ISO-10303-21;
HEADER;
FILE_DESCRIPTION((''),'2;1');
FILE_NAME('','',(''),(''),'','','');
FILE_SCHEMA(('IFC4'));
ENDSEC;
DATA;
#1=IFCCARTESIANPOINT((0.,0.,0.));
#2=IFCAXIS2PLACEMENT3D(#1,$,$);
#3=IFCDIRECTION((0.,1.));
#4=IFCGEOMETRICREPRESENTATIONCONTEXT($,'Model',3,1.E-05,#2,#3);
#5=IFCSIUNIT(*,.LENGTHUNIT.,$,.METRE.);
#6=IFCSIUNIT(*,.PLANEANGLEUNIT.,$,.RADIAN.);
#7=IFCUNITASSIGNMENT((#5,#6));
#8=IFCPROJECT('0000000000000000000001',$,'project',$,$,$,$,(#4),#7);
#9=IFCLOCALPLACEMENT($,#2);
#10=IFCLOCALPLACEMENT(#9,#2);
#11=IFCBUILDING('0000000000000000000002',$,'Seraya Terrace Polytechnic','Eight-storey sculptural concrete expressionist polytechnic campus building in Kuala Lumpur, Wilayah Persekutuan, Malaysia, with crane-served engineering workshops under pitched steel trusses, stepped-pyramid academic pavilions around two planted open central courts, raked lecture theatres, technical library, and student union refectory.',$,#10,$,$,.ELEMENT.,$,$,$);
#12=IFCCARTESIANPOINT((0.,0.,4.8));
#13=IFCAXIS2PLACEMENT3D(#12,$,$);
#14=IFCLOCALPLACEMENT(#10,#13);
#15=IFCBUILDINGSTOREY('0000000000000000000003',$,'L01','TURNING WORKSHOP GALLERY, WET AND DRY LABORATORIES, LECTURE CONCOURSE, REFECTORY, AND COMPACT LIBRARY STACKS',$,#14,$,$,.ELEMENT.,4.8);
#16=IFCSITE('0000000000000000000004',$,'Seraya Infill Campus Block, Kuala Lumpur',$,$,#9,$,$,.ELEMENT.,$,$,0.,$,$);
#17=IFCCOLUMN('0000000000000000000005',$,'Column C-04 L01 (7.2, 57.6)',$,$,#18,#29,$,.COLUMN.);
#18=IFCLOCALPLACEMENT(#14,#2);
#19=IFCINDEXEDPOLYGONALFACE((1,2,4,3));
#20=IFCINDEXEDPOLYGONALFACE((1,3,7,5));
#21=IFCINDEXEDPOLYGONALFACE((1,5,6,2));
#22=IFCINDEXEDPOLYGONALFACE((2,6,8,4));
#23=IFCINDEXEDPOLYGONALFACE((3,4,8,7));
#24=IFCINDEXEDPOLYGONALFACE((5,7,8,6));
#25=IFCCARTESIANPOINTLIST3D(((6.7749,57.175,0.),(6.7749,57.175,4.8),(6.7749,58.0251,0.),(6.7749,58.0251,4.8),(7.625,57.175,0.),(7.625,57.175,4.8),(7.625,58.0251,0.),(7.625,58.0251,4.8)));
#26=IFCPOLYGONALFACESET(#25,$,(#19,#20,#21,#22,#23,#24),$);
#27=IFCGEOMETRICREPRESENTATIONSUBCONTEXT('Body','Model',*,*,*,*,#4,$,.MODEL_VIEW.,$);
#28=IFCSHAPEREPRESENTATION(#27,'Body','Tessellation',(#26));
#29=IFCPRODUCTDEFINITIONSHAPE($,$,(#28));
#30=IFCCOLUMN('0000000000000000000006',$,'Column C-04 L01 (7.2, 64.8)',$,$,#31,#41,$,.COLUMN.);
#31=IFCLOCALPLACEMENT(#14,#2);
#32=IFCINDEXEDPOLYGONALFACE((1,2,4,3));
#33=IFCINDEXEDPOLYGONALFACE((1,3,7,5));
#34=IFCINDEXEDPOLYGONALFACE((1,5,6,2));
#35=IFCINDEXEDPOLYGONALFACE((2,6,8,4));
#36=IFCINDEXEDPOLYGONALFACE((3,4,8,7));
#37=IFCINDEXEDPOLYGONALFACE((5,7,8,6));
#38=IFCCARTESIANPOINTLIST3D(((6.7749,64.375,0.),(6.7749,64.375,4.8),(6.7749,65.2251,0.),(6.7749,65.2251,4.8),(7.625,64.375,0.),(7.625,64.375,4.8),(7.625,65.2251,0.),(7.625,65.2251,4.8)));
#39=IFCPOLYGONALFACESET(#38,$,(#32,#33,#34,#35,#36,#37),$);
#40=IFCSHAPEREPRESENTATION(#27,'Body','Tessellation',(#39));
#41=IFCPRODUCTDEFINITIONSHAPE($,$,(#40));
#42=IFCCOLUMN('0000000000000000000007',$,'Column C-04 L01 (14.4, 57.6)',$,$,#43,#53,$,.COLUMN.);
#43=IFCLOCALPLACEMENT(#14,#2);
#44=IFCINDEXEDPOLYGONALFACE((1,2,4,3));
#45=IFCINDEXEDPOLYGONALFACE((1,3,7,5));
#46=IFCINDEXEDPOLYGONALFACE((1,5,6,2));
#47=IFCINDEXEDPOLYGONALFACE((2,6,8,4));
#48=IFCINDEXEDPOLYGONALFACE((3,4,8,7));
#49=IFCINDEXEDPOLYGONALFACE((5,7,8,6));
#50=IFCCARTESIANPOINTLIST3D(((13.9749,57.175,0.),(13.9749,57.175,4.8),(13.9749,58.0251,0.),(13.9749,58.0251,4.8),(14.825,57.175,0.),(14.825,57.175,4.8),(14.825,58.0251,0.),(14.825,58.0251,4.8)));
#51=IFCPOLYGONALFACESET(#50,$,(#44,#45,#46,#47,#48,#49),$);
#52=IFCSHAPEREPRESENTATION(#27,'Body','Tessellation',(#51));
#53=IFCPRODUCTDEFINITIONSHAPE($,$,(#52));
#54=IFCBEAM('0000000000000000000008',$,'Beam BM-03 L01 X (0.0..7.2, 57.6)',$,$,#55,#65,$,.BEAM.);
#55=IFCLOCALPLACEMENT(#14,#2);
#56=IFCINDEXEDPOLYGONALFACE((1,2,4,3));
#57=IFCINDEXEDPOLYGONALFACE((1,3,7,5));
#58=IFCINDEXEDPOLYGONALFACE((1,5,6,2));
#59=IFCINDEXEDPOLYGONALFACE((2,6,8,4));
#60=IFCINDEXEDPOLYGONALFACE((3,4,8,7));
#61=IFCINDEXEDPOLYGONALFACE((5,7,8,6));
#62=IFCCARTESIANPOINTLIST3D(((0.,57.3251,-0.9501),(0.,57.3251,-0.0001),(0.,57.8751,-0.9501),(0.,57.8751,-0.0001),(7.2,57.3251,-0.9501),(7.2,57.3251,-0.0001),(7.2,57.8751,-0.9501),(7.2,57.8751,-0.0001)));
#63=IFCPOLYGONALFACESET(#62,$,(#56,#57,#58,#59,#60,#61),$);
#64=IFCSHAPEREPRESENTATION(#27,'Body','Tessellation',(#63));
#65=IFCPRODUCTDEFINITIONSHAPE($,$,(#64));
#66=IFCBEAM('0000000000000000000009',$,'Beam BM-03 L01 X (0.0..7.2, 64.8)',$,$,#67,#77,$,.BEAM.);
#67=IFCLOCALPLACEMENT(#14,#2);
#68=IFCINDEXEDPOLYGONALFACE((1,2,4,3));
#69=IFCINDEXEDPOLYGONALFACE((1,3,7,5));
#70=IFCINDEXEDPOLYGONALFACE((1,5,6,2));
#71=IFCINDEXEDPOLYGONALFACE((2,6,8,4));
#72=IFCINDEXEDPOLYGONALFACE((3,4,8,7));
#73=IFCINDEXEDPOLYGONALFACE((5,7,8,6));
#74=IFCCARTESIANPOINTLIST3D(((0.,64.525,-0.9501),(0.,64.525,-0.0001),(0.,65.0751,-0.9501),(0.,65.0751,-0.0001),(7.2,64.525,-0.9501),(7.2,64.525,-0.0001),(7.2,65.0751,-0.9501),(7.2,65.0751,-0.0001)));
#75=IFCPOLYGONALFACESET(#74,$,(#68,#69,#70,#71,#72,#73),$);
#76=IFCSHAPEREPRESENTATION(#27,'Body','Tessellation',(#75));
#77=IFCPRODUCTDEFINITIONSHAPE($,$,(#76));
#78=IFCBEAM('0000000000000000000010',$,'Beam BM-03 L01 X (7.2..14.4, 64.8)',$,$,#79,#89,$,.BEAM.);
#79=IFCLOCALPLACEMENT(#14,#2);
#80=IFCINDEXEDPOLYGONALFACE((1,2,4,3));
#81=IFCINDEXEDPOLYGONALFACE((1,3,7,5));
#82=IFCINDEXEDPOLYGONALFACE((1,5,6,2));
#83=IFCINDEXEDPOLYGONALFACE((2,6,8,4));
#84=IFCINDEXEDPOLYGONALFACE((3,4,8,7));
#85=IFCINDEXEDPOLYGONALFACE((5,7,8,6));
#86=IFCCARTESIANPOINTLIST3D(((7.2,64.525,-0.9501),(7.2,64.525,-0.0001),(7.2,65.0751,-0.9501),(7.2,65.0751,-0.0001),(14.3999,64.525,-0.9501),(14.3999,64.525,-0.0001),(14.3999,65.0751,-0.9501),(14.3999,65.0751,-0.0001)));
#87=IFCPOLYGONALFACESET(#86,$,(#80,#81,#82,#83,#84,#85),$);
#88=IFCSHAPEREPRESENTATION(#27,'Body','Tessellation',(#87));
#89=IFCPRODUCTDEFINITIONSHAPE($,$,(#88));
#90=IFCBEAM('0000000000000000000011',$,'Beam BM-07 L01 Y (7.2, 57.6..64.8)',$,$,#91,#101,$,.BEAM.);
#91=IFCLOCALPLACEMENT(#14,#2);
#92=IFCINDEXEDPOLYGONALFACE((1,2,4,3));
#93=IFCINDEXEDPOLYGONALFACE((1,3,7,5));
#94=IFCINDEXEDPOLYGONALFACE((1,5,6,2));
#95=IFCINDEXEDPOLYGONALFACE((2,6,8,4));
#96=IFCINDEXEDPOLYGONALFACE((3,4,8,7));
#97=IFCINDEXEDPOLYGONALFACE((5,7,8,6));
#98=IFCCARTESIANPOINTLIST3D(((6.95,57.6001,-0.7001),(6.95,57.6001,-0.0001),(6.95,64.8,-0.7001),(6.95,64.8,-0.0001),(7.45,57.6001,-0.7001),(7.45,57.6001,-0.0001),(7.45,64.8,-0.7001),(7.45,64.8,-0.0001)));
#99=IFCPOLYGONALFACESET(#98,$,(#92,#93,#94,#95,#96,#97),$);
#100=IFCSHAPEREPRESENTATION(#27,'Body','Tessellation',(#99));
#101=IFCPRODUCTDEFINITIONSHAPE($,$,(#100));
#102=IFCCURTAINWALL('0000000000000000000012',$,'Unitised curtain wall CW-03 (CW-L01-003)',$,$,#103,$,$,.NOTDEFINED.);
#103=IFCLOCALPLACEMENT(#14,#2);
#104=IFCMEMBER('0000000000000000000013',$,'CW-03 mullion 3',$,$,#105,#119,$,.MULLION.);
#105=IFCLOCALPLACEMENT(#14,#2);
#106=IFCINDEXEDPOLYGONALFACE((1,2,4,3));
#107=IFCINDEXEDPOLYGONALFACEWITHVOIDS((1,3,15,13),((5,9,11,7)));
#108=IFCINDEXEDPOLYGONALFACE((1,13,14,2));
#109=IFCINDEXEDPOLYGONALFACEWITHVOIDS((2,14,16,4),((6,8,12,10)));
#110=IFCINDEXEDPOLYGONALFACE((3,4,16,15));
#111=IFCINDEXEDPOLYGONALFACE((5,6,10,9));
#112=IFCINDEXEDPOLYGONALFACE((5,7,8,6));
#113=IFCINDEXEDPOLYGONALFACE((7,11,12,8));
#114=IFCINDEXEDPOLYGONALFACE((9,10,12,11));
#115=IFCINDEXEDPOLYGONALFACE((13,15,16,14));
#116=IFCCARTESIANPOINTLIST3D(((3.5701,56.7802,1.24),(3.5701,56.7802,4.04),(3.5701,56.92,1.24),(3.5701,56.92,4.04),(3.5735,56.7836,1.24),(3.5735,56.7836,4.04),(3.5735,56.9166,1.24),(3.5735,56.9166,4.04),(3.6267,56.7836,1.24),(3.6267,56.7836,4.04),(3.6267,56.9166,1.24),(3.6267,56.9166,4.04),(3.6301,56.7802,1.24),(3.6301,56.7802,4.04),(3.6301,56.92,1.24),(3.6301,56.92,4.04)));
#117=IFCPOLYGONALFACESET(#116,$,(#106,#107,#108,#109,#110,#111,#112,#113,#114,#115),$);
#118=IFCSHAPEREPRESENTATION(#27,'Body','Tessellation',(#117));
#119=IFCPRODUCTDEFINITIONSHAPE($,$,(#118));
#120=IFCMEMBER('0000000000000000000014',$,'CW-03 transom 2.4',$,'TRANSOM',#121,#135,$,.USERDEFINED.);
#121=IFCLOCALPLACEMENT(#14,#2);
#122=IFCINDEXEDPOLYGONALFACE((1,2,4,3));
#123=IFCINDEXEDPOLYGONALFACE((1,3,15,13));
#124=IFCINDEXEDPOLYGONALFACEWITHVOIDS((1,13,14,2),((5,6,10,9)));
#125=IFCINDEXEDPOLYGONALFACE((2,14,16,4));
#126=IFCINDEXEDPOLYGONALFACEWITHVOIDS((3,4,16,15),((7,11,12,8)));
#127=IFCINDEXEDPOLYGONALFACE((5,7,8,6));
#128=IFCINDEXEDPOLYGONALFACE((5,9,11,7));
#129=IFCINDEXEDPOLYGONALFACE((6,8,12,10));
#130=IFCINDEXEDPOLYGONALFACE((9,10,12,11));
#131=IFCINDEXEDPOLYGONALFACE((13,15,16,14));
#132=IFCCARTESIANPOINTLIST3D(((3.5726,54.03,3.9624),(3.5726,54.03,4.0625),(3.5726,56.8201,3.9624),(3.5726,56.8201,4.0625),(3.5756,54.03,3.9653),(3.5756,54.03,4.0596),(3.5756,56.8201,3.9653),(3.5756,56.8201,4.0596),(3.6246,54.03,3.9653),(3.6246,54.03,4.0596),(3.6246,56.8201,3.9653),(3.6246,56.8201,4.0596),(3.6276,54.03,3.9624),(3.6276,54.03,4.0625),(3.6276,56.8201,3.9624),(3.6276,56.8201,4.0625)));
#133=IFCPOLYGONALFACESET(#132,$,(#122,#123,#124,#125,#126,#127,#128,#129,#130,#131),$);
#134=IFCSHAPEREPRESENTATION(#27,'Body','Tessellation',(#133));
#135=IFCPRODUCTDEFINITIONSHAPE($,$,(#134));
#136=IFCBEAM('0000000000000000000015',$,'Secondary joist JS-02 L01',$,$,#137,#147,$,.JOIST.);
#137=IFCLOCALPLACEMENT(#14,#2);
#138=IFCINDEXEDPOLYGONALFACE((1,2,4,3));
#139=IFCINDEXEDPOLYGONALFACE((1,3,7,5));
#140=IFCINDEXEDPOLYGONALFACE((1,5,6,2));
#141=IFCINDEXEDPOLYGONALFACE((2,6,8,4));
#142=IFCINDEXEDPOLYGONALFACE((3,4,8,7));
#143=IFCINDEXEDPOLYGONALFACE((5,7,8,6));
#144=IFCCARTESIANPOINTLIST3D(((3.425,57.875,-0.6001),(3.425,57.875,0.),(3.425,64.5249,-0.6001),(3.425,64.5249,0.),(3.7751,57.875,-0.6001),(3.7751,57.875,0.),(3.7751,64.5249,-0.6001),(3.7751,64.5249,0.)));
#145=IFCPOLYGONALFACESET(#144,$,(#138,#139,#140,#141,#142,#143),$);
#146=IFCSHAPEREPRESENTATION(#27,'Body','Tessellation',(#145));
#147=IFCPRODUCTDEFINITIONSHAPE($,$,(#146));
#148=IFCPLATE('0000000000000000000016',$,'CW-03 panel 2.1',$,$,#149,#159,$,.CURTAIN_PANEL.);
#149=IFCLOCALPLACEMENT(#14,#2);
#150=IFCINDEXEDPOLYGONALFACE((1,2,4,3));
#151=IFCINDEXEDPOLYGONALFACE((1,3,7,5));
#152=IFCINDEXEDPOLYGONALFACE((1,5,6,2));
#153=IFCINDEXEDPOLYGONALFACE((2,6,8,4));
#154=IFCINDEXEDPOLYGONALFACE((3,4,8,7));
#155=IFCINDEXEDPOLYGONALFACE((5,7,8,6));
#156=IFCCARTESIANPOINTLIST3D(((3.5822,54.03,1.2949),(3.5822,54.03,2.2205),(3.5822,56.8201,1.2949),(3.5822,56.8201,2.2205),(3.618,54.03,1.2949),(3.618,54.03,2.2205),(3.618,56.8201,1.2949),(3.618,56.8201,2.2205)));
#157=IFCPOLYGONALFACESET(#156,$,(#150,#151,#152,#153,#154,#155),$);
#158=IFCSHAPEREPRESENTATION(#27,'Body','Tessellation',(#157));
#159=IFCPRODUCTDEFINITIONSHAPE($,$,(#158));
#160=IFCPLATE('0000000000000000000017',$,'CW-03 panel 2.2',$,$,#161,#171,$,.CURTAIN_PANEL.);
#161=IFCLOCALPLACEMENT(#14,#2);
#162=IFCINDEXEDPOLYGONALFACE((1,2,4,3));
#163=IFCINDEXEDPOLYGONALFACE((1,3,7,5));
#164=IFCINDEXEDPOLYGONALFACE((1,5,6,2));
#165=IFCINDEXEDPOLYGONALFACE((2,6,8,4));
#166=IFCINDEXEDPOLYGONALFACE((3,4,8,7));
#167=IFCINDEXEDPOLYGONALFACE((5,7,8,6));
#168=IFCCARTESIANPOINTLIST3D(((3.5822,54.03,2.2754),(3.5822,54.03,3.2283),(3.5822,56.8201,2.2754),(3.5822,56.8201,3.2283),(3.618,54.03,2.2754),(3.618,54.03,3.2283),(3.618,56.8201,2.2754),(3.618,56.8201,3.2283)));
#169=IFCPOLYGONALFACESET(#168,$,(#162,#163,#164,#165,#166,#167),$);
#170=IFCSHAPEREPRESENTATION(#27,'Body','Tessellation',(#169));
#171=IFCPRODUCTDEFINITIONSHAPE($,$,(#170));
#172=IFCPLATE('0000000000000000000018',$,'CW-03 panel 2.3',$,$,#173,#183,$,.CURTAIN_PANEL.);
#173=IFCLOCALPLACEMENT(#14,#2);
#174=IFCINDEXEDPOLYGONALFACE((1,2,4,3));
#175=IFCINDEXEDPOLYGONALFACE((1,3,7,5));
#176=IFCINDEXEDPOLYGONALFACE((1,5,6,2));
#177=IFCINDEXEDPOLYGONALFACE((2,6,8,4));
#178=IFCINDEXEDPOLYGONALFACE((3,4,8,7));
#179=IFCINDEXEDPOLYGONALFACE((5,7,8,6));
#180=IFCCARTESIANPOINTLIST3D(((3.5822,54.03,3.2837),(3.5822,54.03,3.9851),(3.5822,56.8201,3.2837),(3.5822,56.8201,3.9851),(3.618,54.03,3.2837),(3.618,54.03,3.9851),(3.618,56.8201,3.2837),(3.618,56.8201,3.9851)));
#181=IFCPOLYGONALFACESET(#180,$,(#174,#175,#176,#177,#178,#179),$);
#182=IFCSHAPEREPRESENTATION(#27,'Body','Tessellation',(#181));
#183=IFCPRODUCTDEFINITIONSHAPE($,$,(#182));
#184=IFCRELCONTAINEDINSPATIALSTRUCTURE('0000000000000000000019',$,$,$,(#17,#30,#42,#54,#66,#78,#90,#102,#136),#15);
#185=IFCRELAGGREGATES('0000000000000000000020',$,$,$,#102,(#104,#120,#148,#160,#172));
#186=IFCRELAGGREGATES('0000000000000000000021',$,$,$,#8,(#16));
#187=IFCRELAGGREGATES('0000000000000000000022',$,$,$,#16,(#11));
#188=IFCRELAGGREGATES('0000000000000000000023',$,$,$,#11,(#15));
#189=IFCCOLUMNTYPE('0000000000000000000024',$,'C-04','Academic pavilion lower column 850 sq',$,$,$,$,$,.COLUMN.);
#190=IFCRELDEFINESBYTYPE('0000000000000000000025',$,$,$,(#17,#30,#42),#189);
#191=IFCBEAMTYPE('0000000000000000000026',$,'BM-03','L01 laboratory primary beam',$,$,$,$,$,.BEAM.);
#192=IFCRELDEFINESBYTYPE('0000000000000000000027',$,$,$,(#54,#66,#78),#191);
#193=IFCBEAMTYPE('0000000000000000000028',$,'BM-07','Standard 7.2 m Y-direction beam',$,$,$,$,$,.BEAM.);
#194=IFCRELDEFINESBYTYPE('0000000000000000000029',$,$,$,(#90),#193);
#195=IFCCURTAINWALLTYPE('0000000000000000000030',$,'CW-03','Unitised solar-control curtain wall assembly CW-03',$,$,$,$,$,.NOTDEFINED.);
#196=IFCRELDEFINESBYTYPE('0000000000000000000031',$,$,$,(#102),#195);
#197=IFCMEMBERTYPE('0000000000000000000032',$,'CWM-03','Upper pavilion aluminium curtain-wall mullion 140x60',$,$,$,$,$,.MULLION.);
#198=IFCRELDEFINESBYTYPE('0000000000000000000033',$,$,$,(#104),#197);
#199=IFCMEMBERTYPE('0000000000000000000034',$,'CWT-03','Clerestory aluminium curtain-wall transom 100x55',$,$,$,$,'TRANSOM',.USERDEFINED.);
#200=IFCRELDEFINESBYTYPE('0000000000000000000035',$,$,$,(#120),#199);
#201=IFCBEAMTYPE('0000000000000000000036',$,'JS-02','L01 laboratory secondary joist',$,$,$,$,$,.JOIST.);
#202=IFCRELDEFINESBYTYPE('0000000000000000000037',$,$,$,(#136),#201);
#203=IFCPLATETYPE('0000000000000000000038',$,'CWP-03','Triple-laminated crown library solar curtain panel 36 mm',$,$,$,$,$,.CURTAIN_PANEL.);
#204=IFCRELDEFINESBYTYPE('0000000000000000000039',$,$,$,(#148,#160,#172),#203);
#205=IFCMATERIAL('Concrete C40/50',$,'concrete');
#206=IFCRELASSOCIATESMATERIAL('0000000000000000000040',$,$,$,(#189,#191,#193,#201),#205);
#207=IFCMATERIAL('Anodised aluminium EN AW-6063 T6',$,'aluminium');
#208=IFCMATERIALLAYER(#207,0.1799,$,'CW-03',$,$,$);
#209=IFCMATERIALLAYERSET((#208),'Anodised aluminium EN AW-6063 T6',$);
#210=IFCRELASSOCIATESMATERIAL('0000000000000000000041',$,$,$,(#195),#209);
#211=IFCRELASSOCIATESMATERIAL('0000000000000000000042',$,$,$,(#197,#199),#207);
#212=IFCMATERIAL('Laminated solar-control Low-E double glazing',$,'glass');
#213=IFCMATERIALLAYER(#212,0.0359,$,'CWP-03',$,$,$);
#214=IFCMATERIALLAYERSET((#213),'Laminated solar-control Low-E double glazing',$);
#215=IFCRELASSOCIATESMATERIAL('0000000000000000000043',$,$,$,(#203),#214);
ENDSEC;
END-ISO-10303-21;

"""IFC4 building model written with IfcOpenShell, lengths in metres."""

from ifc_helpers import new_model, si_unit, direction, frame, origin, origin_2d, place, context, subcontext, project, spatial, rectangle, hollow_rectangle, extrude, material, layer, layer_set, material_profile, profile_set, type_object, element, aggregate, save


model = new_model("IFC4")

# Units and contexts
model_context = context("Model", 3, precision=1e-05, world=origin(), true_north=direction((0.0, 1.0)))
body_context = subcontext(model_context, "Body", "Model", "MODEL_VIEW")
ifc_project = project(units=[si_unit("LENGTHUNIT", "METRE"), si_unit("PLANEANGLEUNIT", "RADIAN")], contexts=[model_context])

# Site, building, storey
site_placement = place(None, origin())
site = spatial("IfcSite", under=ifc_project, at=site_placement, Name="Seraya Infill Campus Block, Kuala Lumpur", CompositionType="ELEMENT", RefElevation=0.0)
building_placement = place(site_placement, origin())
building = spatial("IfcBuilding", under=site, at=building_placement, Name="Seraya Terrace Polytechnic", Description="Eight-storey sculptural concrete expressionist polytechnic campus building in Kuala Lumpur, Wilayah Persekutuan, Malaysia, with crane-served engineering workshops under pitched steel trusses, stepped-pyramid academic pavilions around two planted open central courts, raked lecture theatres, technical library, and student union refectory.", CompositionType="ELEMENT")
storey_placement = place(building_placement, frame((0.0, 0.0, 4.8)))
storey = spatial("IfcBuildingStorey", under=building, at=storey_placement, Name="L01", Description="TURNING WORKSHOP GALLERY, WET AND DRY LABORATORIES, LECTURE CONCOURSE, REFECTORY, AND COMPACT LIBRARY STACKS", CompositionType="ELEMENT", Elevation=4.8)

# Columns
ifc_material_1 = material(Name="Concrete C40/50", Category="concrete")
ifc_material_profile_1 = material_profile(ifc_material_1, rectangle(XDim=0.8501, YDim=0.8501, at=origin_2d()), Name="RC 850x850")
ifc_profile_set_1 = profile_set([ifc_material_profile_1], Name="Concrete C40/50")
column_type = type_object("IfcColumnType", Name="C-04", Description="Academic pavilion lower column 850 sq", PredefinedType="COLUMN", material=ifc_profile_set_1)
for number, where, z_axis, x_axis, name in (
    (1, (7.2, 57.6001, 0.0), (0.0, 0.0, 1.0), (1.0, 0.0, 0.0), "Column C-04 L01 (7.2, 57.6)"),
    (2, (7.2, 64.8, 0.0), (0.0, 0.0, 1.0), (1.0, 0.0, 0.0), "Column C-04 L01 (7.2, 64.8)"),
    (3, (14.3999, 57.6001, 0.0), (0.0, 0.0, 1.0), (1.0, 0.0, 0.0), "Column C-04 L01 (14.4, 57.6)"),
):
    element("IfcColumn", number, at=place(storey_placement, frame(where, z_axis=z_axis, x_axis=x_axis)), inside=storey, type_object=column_type, Name=name, PredefinedType="COLUMN", context=body_context, shape_type="SweptSolid", body=[
        extrude(rectangle(XDim=0.8501, YDim=0.8501, at=origin_2d()), origin(), (0.0, 0.0, 1.0), 4.8),
    ])

# Beams
ifc_material_profile_2 = material_profile(ifc_material_1, rectangle(XDim=0.55, YDim=0.95, at=origin_2d()), Name="RC 550x950")
ifc_profile_set_2 = profile_set([ifc_material_profile_2], Name="Concrete C40/50")
beam_type_1 = type_object("IfcBeamType", Name="BM-03", Description="L01 laboratory primary beam", PredefinedType="BEAM", material=ifc_profile_set_2)
for number, where, z_axis, x_axis, name in (
    (4, (0.0, 57.6001, -0.4751), (1.0, 0.0, 0.0), (0.0, 1.0, 0.0), "Beam BM-03 L01 X (0.0..7.2, 57.6)"),
    (5, (0.0, 64.8, -0.4751), (1.0, 0.0, 0.0), (0.0, 1.0, 0.0), "Beam BM-03 L01 X (0.0..7.2, 64.8)"),
    (6, (7.2, 64.8, -0.4751), (1.0, 0.0, 0.0), (0.0, 1.0, 0.0), "Beam BM-03 L01 X (7.2..14.4, 64.8)"),
):
    element("IfcBeam", number, at=place(storey_placement, frame(where, z_axis=z_axis, x_axis=x_axis)), inside=storey, type_object=beam_type_1, Name=name, PredefinedType="BEAM", context=body_context, shape_type="SweptSolid", body=[
        extrude(rectangle(XDim=0.55, YDim=0.95, at=origin_2d()), origin(), (0.0, 0.0, 1.0), 7.2),
    ])
ifc_material_profile_3 = material_profile(ifc_material_1, rectangle(XDim=0.5, YDim=0.7, at=origin_2d()), Name="RC 500x700")
ifc_profile_set_3 = profile_set([ifc_material_profile_3], Name="Concrete C40/50")
beam_type_2 = type_object("IfcBeamType", Name="BM-07", Description="Standard 7.2 m Y-direction beam", PredefinedType="BEAM", material=ifc_profile_set_3)
beam_1_placement = place(storey_placement, frame((7.2, 57.6001, -0.3501), z_axis=(0.0, 1.0, 0.0), x_axis=(-1.0, 0.0, 0.0)))
element("IfcBeam", 7, at=beam_1_placement, inside=storey, type_object=beam_type_2, Name="Beam BM-07 L01 Y (7.2, 57.6..64.8)", PredefinedType="BEAM", context=body_context, shape_type="SweptSolid", body=[
    extrude(rectangle(XDim=0.5, YDim=0.7, at=origin_2d()), origin(), (0.0, 0.0, 1.0), 7.2),
])

# Curtain wall, members
ifc_material_2 = material(Name="Anodised aluminium EN AW-6063 T6", Category="aluminium")
ifc_layer_1 = layer(ifc_material_2, 0.1799, Name="CW-03")
ifc_layer_set_1 = layer_set([ifc_layer_1], Name="Anodised aluminium EN AW-6063 T6")
curtain_wall_type = type_object("IfcCurtainWallType", Name="CW-03", Description="Unitised solar-control curtain wall assembly CW-03", PredefinedType="NOTDEFINED", material=ifc_layer_set_1)
curtain_wall_placement = place(storey_placement, origin())
curtain_wall = element("IfcCurtainWall", 8, at=curtain_wall_placement, inside=storey, type_object=curtain_wall_type, Name="Unitised curtain wall CW-03 (CW-L01-003)", PredefinedType="NOTDEFINED")
ifc_material_profile_4 = material_profile(ifc_material_2, hollow_rectangle(XDim=0.0601, YDim=0.1399, WallThickness=0.0034, at=origin_2d()), Name="RHS 140x60x3.5")
ifc_profile_set_4 = profile_set([ifc_material_profile_4], Name="Anodised aluminium EN AW-6063 T6")
member_type_1 = type_object("IfcMemberType", Name="CWM-03", Description="Upper pavilion aluminium curtain-wall mullion 140x60", PredefinedType="MULLION", material=ifc_profile_set_4)
member_1_placement = place(storey_placement, frame((3.6001, 56.8501, 1.24), z_axis=(0.0, 0.0, 1.0), x_axis=(-1.0, 0.0, 0.0)))
member_1 = element("IfcMember", 9, at=member_1_placement, type_object=member_type_1, Name="CW-03 mullion 3", PredefinedType="MULLION", context=body_context, shape_type="SweptSolid", body=[
    extrude(hollow_rectangle(XDim=0.0601, YDim=0.1399, WallThickness=0.0034, at=origin_2d()), origin(), (0.0, 0.0, 1.0), 2.8),
])
ifc_material_profile_5 = material_profile(ifc_material_2, hollow_rectangle(XDim=0.0549, YDim=0.1001, WallThickness=0.0029, at=origin_2d()), Name="RHS 100x55x3.0")
ifc_profile_set_5 = profile_set([ifc_material_profile_5], Name="Anodised aluminium EN AW-6063 T6")
member_type_2 = type_object("IfcMemberType", Name="CWT-03", Description="Clerestory aluminium curtain-wall transom 100x55", ElementType="TRANSOM", PredefinedType="USERDEFINED", material=ifc_profile_set_5)
member_2_placement = place(storey_placement, frame((3.6001, 54.03, 4.0125), z_axis=(0.0, 1.0, 0.0), x_axis=(-1.0, 0.0, 0.0)))
member_2 = element("IfcMember", 10, at=member_2_placement, type_object=member_type_2, Name="CW-03 transom 2.4", ObjectType="TRANSOM", PredefinedType="USERDEFINED", context=body_context, shape_type="SweptSolid", body=[
    extrude(hollow_rectangle(XDim=0.0549, YDim=0.1001, WallThickness=0.0029, at=origin_2d()), origin(), (0.0, 0.0, 1.0), 2.79),
])

# Beam
ifc_material_profile_6 = material_profile(ifc_material_1, rectangle(XDim=0.3501, YDim=0.6001, at=origin_2d()), Name="RC 350x600")
ifc_profile_set_6 = profile_set([ifc_material_profile_6], Name="Concrete C40/50")
beam_type_3 = type_object("IfcBeamType", Name="JS-02", Description="L01 laboratory secondary joist", PredefinedType="JOIST", material=ifc_profile_set_6)
beam_2_placement = place(storey_placement, frame((3.6001, 57.875, -0.3), z_axis=(0.0, 1.0, 0.0), x_axis=(-1.0, 0.0, 0.0)))
element("IfcBeam", 11, at=beam_2_placement, inside=storey, type_object=beam_type_3, Name="Secondary joist JS-02 L01", PredefinedType="JOIST", context=body_context, shape_type="SweptSolid", body=[
    extrude(rectangle(XDim=0.3501, YDim=0.6001, at=origin_2d()), origin(), (0.0, 0.0, 1.0), 6.6499),
])

# Plates
ifc_material_3 = material(Name="Laminated solar-control Low-E double glazing", Category="glass")
ifc_layer_2 = layer(ifc_material_3, 0.0359, Name="CWP-03")
ifc_layer_set_2 = layer_set([ifc_layer_2], Name="Laminated solar-control Low-E double glazing")
plate_type = type_object("IfcPlateType", Name="CWP-03", Description="Triple-laminated crown library solar curtain panel 36 mm", PredefinedType="CURTAIN_PANEL", material=ifc_layer_set_2)
plate_1_placement = place(storey_placement, frame((3.6001, 55.425, 1.2949), z_axis=(0.0, 0.0, 1.0), x_axis=(0.0, 1.0, 0.0)))
plate_1 = element("IfcPlate", 12, at=plate_1_placement, type_object=plate_type, Name="CW-03 panel 2.1", PredefinedType="CURTAIN_PANEL", context=body_context, shape_type="SweptSolid", body=[
    extrude(rectangle(XDim=2.79, YDim=0.0359, at=origin_2d()), origin(), (0.0, 0.0, 1.0), 0.9255),
])
plate_2_placement = place(storey_placement, frame((3.6001, 55.425, 2.2754), z_axis=(0.0, 0.0, 1.0), x_axis=(0.0, 1.0, 0.0)))
plate_2 = element("IfcPlate", 13, at=plate_2_placement, type_object=plate_type, Name="CW-03 panel 2.2", PredefinedType="CURTAIN_PANEL", context=body_context, shape_type="SweptSolid", body=[
    extrude(rectangle(XDim=2.79, YDim=0.0359, at=origin_2d()), origin(), (0.0, 0.0, 1.0), 0.9529),
])
plate_3_placement = place(storey_placement, frame((3.6001, 55.425, 3.2837), z_axis=(0.0, 0.0, 1.0), x_axis=(0.0, 1.0, 0.0)))
plate_3 = element("IfcPlate", 14, at=plate_3_placement, type_object=plate_type, Name="CW-03 panel 2.3", PredefinedType="CURTAIN_PANEL", context=body_context, shape_type="SweptSolid", body=[
    extrude(rectangle(XDim=2.79, YDim=0.0359, at=origin_2d()), origin(), (0.0, 0.0, 1.0), 0.7014),
])
aggregate(curtain_wall, [member_1, member_2, plate_1, plate_2, plate_3])

save(model, "model.ifc")
